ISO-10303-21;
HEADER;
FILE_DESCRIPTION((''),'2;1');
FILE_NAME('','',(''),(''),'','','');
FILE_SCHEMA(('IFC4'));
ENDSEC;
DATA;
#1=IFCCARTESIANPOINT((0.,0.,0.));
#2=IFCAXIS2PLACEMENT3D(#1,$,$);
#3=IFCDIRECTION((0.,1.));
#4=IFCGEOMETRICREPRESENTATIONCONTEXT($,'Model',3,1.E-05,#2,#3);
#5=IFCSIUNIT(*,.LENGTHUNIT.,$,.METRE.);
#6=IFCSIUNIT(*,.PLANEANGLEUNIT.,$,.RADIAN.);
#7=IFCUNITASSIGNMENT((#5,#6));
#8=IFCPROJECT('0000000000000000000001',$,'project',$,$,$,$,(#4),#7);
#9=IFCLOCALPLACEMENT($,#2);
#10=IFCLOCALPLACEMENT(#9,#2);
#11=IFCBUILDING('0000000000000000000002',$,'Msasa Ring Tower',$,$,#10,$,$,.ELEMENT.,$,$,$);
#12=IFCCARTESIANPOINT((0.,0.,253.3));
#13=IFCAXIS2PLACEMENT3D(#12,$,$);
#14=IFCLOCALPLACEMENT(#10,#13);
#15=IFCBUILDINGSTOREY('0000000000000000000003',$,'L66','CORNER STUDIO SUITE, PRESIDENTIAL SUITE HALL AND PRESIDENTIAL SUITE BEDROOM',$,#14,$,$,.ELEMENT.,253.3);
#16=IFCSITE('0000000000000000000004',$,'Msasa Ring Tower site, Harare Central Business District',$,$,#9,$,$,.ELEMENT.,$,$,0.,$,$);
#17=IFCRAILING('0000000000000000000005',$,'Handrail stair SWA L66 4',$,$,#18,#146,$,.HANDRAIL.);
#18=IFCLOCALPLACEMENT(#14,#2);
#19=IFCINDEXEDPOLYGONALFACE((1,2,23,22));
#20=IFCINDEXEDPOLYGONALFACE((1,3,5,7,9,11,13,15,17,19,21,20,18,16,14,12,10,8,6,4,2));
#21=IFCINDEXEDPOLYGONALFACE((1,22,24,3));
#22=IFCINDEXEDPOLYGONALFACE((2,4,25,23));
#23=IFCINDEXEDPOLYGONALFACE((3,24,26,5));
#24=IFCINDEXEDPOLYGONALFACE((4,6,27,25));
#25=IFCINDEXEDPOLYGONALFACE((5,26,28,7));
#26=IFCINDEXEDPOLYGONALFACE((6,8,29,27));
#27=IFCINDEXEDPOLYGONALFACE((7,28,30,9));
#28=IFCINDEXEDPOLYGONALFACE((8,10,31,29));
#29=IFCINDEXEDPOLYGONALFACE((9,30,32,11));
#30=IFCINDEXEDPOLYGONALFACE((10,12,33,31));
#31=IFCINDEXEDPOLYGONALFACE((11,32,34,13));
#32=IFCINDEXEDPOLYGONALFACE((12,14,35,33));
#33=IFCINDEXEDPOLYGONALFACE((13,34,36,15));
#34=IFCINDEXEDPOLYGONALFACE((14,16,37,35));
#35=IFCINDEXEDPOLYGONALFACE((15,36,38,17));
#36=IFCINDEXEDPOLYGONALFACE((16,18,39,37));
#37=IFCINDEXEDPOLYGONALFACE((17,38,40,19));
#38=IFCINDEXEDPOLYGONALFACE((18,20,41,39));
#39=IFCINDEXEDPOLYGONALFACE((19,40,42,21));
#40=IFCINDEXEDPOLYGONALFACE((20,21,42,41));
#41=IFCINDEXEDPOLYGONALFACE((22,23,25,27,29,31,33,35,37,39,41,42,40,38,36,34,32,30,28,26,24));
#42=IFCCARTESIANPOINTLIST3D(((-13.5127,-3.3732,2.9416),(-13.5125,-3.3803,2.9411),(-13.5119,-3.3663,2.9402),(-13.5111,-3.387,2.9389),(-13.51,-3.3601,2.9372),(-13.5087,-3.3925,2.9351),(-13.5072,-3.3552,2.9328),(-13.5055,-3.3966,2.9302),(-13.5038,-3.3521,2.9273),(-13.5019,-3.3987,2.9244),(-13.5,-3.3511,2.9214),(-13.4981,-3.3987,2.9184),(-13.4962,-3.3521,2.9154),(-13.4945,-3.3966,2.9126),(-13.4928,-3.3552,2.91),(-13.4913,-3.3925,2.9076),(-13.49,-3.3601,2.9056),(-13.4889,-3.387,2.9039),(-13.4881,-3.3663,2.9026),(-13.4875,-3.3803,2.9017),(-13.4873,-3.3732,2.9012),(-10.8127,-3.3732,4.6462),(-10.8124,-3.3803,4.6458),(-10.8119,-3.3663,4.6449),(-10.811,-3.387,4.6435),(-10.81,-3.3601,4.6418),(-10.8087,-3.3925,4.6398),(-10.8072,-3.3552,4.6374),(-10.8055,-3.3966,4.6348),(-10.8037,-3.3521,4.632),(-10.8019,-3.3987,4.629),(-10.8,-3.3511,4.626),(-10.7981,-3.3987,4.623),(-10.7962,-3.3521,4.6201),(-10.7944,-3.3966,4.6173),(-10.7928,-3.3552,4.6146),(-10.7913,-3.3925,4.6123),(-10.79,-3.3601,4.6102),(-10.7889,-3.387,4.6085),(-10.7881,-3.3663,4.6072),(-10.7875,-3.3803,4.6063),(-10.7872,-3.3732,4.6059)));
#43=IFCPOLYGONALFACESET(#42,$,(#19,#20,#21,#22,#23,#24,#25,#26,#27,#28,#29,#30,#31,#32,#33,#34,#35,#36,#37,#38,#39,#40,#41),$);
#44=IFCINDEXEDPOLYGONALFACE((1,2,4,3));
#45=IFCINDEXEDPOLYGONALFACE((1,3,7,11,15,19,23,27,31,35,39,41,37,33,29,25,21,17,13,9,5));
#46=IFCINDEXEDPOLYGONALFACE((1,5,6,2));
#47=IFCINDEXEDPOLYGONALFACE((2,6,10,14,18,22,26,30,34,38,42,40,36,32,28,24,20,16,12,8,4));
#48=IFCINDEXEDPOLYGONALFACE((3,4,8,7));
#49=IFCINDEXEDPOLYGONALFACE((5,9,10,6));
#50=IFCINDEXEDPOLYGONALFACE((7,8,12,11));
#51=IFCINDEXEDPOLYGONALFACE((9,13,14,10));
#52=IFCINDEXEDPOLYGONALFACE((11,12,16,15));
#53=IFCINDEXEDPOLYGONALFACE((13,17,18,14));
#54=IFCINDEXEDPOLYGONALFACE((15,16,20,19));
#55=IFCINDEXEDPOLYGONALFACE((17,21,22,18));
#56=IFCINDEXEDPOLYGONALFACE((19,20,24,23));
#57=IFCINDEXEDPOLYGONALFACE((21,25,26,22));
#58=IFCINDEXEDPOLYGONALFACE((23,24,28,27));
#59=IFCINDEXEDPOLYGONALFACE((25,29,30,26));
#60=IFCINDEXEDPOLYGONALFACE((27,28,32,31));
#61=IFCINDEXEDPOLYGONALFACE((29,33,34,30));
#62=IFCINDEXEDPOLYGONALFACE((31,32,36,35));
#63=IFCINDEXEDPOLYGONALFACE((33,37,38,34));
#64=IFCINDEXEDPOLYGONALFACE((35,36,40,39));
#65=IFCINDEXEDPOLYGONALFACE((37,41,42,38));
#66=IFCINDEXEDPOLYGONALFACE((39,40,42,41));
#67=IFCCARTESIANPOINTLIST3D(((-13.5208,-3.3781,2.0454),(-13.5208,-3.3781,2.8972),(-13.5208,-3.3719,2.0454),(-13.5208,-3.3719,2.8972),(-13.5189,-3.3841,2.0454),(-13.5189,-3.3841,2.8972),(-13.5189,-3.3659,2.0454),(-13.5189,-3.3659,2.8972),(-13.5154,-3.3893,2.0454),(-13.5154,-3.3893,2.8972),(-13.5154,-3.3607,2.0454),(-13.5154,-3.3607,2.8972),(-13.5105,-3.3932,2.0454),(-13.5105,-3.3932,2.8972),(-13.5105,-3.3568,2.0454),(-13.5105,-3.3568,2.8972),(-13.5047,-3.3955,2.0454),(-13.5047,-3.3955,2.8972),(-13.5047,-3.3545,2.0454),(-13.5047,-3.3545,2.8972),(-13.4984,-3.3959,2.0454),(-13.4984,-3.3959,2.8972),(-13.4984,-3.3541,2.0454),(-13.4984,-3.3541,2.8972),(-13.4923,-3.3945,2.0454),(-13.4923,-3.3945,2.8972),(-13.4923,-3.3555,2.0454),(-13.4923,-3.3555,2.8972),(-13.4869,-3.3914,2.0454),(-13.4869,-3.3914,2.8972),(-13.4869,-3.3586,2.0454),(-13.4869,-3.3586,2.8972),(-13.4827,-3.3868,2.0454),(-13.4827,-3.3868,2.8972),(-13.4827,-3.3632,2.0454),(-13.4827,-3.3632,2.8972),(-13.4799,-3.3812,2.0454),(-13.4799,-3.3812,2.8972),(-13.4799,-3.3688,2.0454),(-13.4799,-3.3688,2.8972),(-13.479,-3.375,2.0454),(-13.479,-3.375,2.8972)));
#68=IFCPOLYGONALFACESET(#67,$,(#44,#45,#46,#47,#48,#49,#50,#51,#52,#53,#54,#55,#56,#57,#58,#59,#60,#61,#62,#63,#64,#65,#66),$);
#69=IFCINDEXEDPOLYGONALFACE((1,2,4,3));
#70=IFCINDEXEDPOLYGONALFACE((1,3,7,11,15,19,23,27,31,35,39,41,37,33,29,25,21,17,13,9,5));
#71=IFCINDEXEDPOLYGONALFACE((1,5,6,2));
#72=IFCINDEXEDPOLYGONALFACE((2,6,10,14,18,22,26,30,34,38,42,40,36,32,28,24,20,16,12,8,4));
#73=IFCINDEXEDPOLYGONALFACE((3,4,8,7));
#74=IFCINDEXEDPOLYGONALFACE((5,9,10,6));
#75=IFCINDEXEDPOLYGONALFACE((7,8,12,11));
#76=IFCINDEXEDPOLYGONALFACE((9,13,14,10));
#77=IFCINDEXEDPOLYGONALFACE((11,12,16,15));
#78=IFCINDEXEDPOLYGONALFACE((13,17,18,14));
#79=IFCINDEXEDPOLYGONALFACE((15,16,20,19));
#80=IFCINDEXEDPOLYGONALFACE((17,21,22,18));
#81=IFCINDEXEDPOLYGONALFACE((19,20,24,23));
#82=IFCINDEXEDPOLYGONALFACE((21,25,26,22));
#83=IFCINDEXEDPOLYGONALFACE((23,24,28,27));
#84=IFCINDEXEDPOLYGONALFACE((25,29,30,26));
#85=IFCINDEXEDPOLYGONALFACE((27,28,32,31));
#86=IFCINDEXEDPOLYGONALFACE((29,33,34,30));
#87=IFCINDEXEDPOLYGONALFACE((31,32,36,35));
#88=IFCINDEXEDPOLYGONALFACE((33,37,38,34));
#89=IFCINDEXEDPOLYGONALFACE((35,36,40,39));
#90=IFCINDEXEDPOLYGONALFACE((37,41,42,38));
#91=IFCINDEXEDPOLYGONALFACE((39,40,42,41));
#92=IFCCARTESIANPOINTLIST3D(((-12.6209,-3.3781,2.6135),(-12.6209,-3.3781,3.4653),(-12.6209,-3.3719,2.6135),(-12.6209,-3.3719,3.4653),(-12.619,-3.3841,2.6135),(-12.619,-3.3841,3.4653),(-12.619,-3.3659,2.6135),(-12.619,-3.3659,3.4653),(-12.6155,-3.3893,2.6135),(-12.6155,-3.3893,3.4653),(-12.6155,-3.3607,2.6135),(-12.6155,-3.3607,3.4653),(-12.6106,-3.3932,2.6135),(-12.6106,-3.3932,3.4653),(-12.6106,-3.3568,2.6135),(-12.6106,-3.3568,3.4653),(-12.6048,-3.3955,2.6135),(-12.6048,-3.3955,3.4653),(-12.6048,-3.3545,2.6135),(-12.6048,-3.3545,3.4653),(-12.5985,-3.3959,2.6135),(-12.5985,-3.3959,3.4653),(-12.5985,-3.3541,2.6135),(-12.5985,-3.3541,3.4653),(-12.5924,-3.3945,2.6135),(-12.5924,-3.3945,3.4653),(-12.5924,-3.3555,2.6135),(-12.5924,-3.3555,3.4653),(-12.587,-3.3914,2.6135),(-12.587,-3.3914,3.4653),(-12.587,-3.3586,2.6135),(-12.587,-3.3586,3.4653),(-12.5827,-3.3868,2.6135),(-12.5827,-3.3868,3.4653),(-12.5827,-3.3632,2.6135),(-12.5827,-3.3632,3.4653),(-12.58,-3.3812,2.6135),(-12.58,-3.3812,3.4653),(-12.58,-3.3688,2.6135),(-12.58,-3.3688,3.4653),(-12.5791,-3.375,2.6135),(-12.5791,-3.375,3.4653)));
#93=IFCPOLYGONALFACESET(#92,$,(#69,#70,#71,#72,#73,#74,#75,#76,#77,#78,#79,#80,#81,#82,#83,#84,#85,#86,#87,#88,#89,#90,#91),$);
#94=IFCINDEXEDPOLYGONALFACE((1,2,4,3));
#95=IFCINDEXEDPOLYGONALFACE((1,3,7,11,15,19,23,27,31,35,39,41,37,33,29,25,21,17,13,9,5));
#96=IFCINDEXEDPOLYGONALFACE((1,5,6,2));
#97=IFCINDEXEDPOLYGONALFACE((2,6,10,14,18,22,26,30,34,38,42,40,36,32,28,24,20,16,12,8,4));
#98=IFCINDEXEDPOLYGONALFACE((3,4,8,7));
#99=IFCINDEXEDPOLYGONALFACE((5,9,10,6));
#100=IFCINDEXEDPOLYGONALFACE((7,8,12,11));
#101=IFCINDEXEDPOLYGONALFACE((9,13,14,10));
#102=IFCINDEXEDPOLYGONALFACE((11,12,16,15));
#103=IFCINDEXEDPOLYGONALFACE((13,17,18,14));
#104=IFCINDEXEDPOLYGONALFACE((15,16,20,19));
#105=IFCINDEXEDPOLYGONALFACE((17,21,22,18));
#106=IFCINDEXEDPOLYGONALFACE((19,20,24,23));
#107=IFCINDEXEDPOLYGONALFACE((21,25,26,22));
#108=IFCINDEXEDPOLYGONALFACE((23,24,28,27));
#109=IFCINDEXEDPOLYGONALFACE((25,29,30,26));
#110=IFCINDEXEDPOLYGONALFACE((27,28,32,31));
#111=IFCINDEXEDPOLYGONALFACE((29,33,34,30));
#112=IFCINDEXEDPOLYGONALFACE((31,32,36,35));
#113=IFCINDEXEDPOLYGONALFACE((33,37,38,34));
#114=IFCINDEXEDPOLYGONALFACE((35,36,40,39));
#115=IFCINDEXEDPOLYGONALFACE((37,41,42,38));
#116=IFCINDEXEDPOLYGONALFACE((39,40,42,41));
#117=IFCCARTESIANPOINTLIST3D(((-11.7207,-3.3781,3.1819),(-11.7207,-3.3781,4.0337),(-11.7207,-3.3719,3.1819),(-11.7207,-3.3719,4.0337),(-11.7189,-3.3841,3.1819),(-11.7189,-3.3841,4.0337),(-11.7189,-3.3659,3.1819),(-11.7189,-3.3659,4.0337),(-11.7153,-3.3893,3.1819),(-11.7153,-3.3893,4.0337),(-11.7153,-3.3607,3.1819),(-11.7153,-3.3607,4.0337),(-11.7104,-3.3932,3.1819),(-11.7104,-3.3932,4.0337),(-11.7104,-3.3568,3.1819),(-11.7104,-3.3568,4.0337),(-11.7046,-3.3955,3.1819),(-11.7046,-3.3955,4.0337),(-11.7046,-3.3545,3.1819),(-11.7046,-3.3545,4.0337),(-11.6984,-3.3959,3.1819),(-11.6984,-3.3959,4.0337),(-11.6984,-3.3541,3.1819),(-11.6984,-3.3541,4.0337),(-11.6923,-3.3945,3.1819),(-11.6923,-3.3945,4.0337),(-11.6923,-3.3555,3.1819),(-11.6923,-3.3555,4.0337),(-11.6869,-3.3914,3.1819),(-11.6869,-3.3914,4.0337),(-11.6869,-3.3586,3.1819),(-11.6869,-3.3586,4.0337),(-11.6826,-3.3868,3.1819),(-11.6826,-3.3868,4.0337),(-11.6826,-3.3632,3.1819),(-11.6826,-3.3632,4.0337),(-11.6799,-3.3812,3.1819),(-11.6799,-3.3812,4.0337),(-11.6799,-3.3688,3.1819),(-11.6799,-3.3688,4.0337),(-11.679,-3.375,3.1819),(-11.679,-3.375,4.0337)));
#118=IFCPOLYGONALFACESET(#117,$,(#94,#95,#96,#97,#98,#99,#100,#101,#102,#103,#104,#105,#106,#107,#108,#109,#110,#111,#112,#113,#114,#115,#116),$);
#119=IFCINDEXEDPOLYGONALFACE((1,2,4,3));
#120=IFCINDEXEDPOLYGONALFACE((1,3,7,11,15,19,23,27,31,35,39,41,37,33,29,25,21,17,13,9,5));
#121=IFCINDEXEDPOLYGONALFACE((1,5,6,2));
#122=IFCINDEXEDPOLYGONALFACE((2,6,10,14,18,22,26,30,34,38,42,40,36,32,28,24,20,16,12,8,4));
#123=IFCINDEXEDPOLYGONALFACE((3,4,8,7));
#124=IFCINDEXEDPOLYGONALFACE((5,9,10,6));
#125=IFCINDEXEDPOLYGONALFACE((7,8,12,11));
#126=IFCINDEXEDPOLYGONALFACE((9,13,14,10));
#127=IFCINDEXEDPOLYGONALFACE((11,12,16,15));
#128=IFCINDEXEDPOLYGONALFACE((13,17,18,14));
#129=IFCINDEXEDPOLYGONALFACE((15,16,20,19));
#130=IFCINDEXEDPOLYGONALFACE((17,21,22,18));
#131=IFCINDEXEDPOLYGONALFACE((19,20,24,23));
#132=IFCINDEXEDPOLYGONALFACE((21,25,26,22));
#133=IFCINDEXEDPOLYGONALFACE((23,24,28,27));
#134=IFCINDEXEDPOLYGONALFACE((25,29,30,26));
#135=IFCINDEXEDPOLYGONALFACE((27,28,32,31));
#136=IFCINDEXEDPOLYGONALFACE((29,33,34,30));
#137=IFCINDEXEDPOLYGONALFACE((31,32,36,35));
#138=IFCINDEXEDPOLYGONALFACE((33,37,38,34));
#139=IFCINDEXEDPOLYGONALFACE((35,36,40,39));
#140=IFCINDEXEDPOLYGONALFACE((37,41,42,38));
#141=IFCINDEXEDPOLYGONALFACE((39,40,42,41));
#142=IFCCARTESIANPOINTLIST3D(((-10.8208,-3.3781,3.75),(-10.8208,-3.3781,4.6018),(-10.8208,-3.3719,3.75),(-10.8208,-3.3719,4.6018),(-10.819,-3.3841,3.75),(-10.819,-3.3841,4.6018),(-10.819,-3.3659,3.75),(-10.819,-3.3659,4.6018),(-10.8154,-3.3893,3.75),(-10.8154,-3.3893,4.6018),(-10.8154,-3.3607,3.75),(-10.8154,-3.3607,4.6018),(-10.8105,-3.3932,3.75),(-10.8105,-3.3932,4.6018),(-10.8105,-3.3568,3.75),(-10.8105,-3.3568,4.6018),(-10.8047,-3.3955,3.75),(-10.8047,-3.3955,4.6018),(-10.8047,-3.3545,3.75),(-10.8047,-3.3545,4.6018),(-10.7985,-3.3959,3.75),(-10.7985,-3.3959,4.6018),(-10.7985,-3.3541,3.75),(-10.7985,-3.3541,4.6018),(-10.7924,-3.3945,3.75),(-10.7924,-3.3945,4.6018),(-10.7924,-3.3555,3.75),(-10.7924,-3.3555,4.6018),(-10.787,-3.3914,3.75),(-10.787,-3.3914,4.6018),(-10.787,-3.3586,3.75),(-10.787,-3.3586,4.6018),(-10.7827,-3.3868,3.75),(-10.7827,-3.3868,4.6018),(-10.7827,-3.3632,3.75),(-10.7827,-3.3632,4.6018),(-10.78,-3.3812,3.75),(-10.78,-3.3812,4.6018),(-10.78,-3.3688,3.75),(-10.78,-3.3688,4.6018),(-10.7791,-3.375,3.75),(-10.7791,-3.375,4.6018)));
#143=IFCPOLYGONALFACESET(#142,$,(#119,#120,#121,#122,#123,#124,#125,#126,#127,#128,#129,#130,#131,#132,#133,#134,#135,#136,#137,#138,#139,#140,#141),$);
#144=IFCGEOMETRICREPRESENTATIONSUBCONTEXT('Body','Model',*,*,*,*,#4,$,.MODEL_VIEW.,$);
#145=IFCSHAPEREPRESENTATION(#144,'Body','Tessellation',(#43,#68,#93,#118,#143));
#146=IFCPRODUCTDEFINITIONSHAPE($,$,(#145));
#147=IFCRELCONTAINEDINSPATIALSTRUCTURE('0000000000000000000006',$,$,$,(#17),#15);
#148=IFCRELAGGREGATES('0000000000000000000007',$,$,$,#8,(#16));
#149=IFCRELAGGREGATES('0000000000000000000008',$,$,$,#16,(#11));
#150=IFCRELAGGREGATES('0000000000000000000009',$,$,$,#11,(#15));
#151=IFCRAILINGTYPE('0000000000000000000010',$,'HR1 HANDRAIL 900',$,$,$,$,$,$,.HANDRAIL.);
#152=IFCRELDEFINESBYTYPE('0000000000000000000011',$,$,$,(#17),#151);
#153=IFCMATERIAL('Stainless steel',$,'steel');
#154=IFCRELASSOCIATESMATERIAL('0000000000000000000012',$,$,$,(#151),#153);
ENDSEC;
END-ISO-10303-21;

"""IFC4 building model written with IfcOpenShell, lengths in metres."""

from ifc_helpers import new_model, si_unit, direction, frame, origin, origin_2d, place, context, subcontext, project, spatial, circle, extrude, material, type_object, element, save


model = new_model("IFC4")

# Units and contexts
model_context = context("Model", 3, precision=1e-05, world=origin(), true_north=direction((0.0, 1.0)))
body_context = subcontext(model_context, "Body", "Model", "MODEL_VIEW")
ifc_project = project(units=[si_unit("LENGTHUNIT", "METRE"), si_unit("PLANEANGLEUNIT", "RADIAN")], contexts=[model_context])

# Site, building, storey
site_placement = place(None, origin())
site = spatial("IfcSite", under=ifc_project, at=site_placement, Name="Msasa Ring Tower site, Harare Central Business District", CompositionType="ELEMENT", RefElevation=0.0)
building_placement = place(site_placement, origin())
building = spatial("IfcBuilding", under=site, at=building_placement, Name="Msasa Ring Tower", CompositionType="ELEMENT")
storey_placement = place(building_placement, frame((0.0, 0.0, 253.3)))
storey = spatial("IfcBuildingStorey", under=building, at=storey_placement, Name="L66", Description="CORNER STUDIO SUITE, PRESIDENTIAL SUITE HALL AND PRESIDENTIAL SUITE BEDROOM", CompositionType="ELEMENT", Elevation=253.3)

# Railing
ifc_material_1 = material(Name="Stainless steel", Category="steel")
railing_type = type_object("IfcRailingType", Name="HR1 HANDRAIL 900", PredefinedType="HANDRAIL", material=ifc_material_1)
for number, where, name in (
    (1, (-13.5, -3.375, 2.0454), "Handrail stair SWA L66 4"),
):
    element("IfcRailing", number, at=place(storey_placement, frame(where)), inside=storey, type_object=railing_type, Name=name, PredefinedType="HANDRAIL", context=body_context, shape_type="SweptSolid", body=[
        extrude(circle(Radius=0.0239, at=origin_2d()), frame((0.0, 0.0, 0.876), z_axis=(0.84558, 0.0, 0.533849), x_axis=(0.0, 1.0, 0.0)), (0.0, 0.0, 1.0), 3.1931),
        extrude(circle(Radius=0.021, at=origin_2d()), origin(), (0.0, 0.0, 1.0), 0.8518),
        extrude(circle(Radius=0.021, at=origin_2d()), frame((0.8999, 0.0, 0.5681)), (0.0, 0.0, 1.0), 0.8518),
        extrude(circle(Radius=0.021, at=origin_2d()), frame((1.8, 0.0, 1.1365)), (0.0, 0.0, 1.0), 0.8518),
        extrude(circle(Radius=0.021, at=origin_2d()), frame((2.7, 0.0, 1.7046)), (0.0, 0.0, 1.0), 0.8518),
    ])

save(model, "model.ifc")
